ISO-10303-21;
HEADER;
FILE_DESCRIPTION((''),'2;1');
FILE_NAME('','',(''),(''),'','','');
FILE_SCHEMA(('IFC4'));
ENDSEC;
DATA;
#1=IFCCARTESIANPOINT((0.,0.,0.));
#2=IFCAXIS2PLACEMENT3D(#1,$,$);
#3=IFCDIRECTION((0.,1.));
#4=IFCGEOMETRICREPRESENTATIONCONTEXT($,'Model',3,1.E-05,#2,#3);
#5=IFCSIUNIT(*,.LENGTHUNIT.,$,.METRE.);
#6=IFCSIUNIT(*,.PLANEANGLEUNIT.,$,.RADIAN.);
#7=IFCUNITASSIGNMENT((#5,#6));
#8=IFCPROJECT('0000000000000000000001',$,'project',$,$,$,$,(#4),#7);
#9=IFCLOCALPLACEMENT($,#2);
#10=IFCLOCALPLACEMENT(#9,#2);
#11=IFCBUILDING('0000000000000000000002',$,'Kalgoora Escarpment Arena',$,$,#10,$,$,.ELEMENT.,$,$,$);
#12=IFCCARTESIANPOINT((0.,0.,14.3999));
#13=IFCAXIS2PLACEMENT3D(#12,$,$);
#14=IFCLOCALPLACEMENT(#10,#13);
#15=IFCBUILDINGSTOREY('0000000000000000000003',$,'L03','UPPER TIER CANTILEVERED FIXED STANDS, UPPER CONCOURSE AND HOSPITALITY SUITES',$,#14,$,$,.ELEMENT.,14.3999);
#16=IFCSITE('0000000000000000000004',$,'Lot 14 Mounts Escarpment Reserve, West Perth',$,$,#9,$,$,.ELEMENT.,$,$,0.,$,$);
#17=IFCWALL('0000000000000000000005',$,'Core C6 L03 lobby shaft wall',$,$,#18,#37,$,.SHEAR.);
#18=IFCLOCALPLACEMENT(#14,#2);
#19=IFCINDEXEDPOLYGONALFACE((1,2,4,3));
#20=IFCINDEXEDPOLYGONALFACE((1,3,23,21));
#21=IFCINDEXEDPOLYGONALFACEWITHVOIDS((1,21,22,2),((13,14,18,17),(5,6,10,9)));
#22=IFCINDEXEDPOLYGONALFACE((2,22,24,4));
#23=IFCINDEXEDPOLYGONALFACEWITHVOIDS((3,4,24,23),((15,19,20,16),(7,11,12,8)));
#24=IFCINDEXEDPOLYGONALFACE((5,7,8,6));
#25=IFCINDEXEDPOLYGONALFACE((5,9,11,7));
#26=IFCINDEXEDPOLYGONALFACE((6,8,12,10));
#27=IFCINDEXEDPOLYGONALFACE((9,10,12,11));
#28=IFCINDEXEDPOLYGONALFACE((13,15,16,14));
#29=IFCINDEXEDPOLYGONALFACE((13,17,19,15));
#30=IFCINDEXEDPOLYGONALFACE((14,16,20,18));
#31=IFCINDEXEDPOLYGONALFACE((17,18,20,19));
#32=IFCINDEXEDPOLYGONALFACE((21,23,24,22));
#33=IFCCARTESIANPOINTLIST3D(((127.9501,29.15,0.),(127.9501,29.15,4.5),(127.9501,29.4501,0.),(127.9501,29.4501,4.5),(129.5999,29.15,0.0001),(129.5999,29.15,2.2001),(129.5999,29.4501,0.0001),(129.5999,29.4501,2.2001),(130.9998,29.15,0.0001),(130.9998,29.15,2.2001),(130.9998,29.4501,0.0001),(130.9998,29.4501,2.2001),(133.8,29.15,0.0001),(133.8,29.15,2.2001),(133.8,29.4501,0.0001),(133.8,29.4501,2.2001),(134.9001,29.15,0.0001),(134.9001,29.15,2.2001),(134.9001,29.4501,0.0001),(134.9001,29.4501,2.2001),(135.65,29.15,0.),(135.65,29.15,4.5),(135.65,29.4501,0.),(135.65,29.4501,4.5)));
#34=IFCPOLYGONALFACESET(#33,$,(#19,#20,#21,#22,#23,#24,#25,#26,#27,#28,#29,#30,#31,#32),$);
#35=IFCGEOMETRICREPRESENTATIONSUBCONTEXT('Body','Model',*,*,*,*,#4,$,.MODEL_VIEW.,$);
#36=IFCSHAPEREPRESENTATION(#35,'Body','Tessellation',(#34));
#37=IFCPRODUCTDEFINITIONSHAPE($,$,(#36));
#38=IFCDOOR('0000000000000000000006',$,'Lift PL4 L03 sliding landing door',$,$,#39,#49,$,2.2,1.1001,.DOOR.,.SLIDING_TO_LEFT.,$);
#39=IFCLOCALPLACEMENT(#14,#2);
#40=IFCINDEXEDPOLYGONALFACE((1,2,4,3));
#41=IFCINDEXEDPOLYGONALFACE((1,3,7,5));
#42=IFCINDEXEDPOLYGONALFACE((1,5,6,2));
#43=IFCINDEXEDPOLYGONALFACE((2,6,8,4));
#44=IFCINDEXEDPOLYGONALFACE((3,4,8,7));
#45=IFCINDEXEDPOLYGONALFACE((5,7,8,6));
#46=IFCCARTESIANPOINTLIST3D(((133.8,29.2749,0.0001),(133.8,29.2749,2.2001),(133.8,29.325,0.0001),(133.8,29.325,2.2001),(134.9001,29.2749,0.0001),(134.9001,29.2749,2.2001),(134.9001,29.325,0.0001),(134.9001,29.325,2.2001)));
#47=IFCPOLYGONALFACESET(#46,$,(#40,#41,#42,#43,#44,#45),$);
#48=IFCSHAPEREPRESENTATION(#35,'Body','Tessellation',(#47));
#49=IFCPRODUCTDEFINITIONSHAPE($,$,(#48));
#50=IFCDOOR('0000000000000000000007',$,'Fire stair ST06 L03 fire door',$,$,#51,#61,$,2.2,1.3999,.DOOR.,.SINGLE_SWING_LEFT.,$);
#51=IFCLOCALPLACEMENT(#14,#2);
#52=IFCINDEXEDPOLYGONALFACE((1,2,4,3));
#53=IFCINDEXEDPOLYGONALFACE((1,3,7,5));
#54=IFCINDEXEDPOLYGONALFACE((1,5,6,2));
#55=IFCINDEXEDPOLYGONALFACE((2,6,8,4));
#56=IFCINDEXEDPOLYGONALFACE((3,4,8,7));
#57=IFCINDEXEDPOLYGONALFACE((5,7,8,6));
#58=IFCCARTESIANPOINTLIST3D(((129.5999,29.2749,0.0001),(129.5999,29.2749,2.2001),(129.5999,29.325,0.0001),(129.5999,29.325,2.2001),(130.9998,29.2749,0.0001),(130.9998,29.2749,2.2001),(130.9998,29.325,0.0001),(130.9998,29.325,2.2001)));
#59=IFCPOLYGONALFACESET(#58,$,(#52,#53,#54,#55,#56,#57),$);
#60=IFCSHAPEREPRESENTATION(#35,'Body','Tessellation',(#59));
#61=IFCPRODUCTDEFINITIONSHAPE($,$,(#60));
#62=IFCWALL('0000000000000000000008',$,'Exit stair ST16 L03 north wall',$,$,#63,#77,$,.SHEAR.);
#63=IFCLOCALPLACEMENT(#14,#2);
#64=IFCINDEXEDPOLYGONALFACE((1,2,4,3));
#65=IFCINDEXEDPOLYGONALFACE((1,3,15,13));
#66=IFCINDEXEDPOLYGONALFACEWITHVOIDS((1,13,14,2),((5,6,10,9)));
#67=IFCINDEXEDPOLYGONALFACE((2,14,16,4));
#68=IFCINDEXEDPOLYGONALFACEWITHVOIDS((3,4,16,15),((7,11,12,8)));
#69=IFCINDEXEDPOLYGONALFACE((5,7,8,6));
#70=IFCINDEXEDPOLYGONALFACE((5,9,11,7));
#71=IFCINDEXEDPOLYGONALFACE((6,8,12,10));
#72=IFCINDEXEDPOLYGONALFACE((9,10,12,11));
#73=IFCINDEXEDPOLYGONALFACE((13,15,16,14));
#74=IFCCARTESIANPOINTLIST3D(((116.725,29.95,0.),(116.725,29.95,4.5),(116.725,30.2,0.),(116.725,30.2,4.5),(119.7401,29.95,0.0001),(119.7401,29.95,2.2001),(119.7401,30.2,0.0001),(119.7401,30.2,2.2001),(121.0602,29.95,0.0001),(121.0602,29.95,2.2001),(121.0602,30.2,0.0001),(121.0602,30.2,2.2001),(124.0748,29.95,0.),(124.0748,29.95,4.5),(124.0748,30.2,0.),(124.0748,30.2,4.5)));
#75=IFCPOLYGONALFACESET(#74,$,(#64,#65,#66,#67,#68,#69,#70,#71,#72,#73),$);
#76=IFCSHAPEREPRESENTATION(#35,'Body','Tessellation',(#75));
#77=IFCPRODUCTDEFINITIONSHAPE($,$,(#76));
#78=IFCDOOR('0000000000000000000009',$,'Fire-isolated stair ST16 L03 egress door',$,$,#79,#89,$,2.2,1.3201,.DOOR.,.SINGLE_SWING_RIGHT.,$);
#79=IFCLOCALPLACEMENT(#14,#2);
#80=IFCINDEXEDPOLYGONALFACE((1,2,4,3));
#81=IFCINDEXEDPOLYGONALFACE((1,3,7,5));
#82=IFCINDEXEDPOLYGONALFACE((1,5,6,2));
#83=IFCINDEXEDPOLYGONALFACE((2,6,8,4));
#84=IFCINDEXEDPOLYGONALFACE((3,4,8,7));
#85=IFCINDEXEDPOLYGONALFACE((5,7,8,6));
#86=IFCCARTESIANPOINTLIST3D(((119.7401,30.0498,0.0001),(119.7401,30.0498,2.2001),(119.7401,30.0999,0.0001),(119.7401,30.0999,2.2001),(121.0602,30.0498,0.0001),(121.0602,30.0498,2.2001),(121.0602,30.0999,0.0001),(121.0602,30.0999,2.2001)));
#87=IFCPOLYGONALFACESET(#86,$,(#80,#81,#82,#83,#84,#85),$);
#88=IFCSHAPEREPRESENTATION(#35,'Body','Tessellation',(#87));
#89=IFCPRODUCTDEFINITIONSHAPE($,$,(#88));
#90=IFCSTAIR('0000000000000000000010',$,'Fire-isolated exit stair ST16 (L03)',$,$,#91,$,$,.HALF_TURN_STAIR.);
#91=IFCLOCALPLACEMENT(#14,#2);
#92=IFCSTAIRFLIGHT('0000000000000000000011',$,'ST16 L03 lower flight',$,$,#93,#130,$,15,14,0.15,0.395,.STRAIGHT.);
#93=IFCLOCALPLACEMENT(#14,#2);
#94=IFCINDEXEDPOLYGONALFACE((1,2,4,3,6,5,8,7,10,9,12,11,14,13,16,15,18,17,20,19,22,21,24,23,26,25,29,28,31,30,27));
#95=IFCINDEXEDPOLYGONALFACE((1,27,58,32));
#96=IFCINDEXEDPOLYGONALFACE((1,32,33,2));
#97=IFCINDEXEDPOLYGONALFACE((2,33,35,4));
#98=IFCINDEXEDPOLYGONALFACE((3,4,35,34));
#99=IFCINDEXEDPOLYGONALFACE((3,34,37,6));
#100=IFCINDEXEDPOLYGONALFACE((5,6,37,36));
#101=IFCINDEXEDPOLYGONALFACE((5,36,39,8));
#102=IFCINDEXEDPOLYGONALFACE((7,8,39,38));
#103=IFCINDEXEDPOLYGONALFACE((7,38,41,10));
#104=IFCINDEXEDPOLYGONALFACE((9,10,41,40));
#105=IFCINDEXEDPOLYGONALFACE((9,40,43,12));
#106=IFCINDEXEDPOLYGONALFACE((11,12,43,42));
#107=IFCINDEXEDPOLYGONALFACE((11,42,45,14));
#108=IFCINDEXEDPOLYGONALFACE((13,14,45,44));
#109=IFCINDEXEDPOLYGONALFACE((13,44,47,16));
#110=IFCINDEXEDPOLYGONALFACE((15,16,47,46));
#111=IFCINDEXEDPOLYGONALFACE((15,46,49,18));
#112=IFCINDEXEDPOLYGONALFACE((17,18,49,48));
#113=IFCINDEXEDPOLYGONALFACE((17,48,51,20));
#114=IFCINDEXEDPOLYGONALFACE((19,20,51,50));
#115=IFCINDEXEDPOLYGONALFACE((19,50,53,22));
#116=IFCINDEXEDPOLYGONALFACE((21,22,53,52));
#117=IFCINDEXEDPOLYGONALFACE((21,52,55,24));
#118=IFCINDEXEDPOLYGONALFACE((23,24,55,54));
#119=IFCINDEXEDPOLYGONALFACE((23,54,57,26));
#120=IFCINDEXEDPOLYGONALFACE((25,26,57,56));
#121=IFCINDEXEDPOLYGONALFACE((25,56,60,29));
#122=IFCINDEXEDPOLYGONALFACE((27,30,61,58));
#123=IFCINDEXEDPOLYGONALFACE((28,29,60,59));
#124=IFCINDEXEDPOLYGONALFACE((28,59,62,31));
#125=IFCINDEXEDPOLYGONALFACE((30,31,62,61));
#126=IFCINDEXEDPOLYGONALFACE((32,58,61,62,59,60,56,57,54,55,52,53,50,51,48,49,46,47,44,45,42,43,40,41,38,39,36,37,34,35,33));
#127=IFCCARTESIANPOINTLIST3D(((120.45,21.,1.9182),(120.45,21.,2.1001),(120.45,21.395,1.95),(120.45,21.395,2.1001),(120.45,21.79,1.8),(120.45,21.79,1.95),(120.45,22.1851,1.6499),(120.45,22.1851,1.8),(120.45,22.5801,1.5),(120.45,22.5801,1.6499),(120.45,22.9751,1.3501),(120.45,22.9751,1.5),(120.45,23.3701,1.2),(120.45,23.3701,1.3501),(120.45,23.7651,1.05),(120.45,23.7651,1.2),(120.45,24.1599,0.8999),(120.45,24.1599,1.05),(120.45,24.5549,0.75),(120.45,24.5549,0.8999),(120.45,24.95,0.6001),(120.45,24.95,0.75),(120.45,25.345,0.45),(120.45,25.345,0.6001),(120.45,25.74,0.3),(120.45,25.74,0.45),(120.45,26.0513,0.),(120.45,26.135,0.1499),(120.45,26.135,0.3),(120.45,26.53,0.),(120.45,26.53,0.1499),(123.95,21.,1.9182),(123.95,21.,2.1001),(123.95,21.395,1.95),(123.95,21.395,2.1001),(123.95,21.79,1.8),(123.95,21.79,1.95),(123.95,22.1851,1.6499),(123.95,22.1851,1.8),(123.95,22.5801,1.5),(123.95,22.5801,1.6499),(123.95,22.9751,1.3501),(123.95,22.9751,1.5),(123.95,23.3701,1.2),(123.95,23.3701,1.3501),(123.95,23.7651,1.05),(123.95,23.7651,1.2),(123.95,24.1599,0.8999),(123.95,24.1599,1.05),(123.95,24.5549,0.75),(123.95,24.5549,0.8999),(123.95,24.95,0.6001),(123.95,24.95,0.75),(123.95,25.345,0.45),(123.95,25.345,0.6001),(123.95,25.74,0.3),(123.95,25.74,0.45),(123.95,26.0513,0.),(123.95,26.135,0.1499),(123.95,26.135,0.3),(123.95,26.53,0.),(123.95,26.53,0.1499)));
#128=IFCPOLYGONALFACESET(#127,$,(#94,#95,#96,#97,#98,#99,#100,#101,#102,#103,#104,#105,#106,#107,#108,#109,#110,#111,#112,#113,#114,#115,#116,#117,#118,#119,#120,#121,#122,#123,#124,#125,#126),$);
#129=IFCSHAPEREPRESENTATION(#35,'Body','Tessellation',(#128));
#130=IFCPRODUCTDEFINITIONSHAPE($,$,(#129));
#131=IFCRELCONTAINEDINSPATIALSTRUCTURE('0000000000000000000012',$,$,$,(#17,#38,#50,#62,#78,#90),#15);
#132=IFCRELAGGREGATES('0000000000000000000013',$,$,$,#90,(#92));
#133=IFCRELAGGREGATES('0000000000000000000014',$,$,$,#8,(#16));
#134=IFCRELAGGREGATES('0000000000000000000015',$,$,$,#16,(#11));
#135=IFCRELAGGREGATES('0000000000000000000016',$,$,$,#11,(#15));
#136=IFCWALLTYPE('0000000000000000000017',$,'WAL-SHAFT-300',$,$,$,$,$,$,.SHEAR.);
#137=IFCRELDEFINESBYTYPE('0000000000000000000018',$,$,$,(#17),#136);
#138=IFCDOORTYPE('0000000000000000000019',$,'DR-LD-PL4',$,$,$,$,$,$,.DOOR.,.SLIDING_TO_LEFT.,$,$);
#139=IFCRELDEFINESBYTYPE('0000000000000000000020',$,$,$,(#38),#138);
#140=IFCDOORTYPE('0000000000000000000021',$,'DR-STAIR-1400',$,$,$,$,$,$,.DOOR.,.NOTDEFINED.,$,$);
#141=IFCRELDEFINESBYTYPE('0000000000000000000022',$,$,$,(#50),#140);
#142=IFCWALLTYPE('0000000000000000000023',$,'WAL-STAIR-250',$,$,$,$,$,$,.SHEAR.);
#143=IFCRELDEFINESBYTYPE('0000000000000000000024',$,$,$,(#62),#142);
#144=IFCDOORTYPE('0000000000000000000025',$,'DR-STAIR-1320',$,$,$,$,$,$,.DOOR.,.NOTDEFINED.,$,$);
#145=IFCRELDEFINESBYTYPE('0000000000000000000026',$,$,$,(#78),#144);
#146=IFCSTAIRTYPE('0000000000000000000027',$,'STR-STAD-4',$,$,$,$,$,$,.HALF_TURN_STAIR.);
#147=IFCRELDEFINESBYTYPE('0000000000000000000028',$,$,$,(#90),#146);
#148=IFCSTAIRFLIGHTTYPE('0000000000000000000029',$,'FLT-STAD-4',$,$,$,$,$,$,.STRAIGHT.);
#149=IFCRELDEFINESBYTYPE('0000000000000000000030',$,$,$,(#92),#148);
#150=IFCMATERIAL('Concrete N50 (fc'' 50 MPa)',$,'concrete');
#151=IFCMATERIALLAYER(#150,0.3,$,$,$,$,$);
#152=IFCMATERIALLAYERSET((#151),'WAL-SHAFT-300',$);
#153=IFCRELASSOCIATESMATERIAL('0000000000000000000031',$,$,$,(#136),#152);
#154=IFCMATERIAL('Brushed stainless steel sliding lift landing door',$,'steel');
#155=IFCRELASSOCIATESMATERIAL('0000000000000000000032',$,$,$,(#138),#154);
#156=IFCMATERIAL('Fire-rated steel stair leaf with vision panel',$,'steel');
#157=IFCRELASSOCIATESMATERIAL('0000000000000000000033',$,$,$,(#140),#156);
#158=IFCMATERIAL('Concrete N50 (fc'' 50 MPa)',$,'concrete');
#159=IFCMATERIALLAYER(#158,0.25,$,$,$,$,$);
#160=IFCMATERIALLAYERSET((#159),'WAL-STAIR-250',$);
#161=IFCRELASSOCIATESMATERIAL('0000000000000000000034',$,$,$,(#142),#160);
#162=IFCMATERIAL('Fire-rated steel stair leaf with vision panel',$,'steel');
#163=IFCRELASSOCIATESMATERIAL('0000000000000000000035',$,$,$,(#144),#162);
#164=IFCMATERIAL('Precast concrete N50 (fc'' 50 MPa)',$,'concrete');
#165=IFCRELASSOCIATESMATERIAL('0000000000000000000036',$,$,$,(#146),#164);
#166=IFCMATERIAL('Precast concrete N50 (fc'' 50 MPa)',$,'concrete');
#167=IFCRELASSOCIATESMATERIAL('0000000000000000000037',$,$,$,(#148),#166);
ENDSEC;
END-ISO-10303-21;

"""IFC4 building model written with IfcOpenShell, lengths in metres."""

from ifc_helpers import new_model, si_unit, direction, frame, frame_2d, origin, place, context, subcontext, project, spatial, polyline, rectangle, outline, extrude, material, layer, layer_set, type_object, element, fill, aggregate, save


model = new_model("IFC4")

# Units and contexts
model_context = context("Model", 3, precision=1e-05, world=origin(), true_north=direction((0.0, 1.0)))
body_context = subcontext(model_context, "Body", "Model", "MODEL_VIEW")
ifc_project = project(units=[si_unit("LENGTHUNIT", "METRE"), si_unit("PLANEANGLEUNIT", "RADIAN")], contexts=[model_context])

# Site, building, storey
site_placement = place(None, origin())
site = spatial("IfcSite", under=ifc_project, at=site_placement, Name="Lot 14 Mounts Escarpment Reserve, West Perth", CompositionType="ELEMENT", RefElevation=0.0)
building_placement = place(site_placement, origin())
building = spatial("IfcBuilding", under=site, at=building_placement, Name="Kalgoora Escarpment Arena", CompositionType="ELEMENT")
storey_placement = place(building_placement, frame((0.0, 0.0, 14.3999)))
storey = spatial("IfcBuildingStorey", under=building, at=storey_placement, Name="L03", Description="UPPER TIER CANTILEVERED FIXED STANDS, UPPER CONCOURSE AND HOSPITALITY SUITES", CompositionType="ELEMENT", Elevation=14.3999)

# Wall, openings, doors
ifc_material_1 = material(Name="Concrete N50 (fc' 50 MPa)", Category="concrete")
ifc_layer_1 = layer(ifc_material_1, 0.3)
ifc_layer_set_1 = layer_set([ifc_layer_1], Name="WAL-SHAFT-300")
wall_type_1 = type_object("IfcWallType", Name="WAL-SHAFT-300", PredefinedType="SHEAR", material=ifc_layer_set_1)
wall_1_placement = place(storey_placement, frame((127.95, 29.3, 0.0), z_axis=(0.0, 0.0, 1.0), x_axis=(1.0, 0.0, 0.0)))
wall_1 = element("IfcWall", 1, at=wall_1_placement, inside=storey, type_object=wall_type_1, Name="Core C6 L03 lobby shaft wall", PredefinedType="SHEAR", context=body_context, shape_type="SweptSolid", body=[
    extrude(rectangle(XDim=7.7, YDim=0.3, at=frame_2d((3.8501, 0.0))), origin(), (0.0, 0.0, 1.0), 4.5),
])
opening_1_placement = place(wall_1_placement, frame((1.6499, 0.0, 0.0)))
opening_1 = element("IfcOpeningElement", 2, at=opening_1_placement, cuts=wall_1, PredefinedType="OPENING", context=body_context, shape_type="SweptSolid", body=[
    extrude(rectangle(XDim=1.3999, YDim=2.2, at=frame_2d((0.7, 1.1001))), frame((0.0, 0.1599, 0.0), z_axis=(0.0, -1.0, 0.0), x_axis=(1.0, 0.0, 0.0)), (0.0, 0.0, 1.0), 0.3201),
])
opening_2_placement = place(wall_1_placement, frame((5.8501, 0.0, 0.0)))
opening_2 = element("IfcOpeningElement", 3, at=opening_2_placement, cuts=wall_1, PredefinedType="OPENING", context=body_context, shape_type="SweptSolid", body=[
    extrude(rectangle(XDim=1.1001, YDim=2.2, at=frame_2d((0.55, 1.1001))), frame((0.0, 0.1599, 0.0), z_axis=(0.0, -1.0, 0.0), x_axis=(1.0, 0.0, 0.0)), (0.0, 0.0, 1.0), 0.3201),
])
ifc_material_2 = material(Name="Brushed stainless steel sliding lift landing door", Category="steel")
door_type_1 = type_object("IfcDoorType", Name="DR-LD-PL4", OperationType="SLIDING_TO_LEFT", PredefinedType="DOOR", material=ifc_material_2)
door_1_placement = place(opening_2_placement, origin())
door_1 = element("IfcDoor", 4, at=door_1_placement, inside=storey, type_object=door_type_1, Name="Lift PL4 L03 sliding landing door", OperationType="SLIDING_TO_LEFT", OverallHeight=2.2, OverallWidth=1.1001, PredefinedType="DOOR", context=body_context, shape_type="SweptSolid", body=[
    extrude(rectangle(XDim=1.1001, YDim=2.2, at=frame_2d((0.55, 1.1001))), frame((0.0, 0.0249, 0.0), z_axis=(0.0, -1.0, 0.0), x_axis=(1.0, 0.0, 0.0)), (0.0, 0.0, 1.0), 0.05),
])
fill(opening_2, door_1)
ifc_material_3 = material(Name="Fire-rated steel stair leaf with vision panel", Category="steel")
door_type_2 = type_object("IfcDoorType", Name="DR-STAIR-1400", OperationType="NOTDEFINED", PredefinedType="DOOR", material=ifc_material_3)
door_2_placement = place(opening_1_placement, origin())
door_2 = element("IfcDoor", 5, at=door_2_placement, inside=storey, type_object=door_type_2, Name="Fire stair ST06 L03 fire door", OperationType="SINGLE_SWING_LEFT", OverallHeight=2.2, OverallWidth=1.3999, PredefinedType="DOOR", context=body_context, shape_type="SweptSolid", body=[
    extrude(rectangle(XDim=1.3999, YDim=2.2, at=frame_2d((0.7, 1.1001))), frame((0.0, 0.0249, 0.0), z_axis=(0.0, -1.0, 0.0), x_axis=(1.0, 0.0, 0.0)), (0.0, 0.0, 1.0), 0.05),
])
fill(opening_1, door_2)

# Wall, opening, door
ifc_material_4 = material(Name="Concrete N50 (fc' 50 MPa)", Category="concrete")
ifc_layer_2 = layer(ifc_material_4, 0.25)
ifc_layer_set_2 = layer_set([ifc_layer_2], Name="WAL-STAIR-250")
wall_type_2 = type_object("IfcWallType", Name="WAL-STAIR-250", PredefinedType="SHEAR", material=ifc_layer_set_2)
wall_2_placement = place(storey_placement, frame((116.7251, 30.075, 0.0), z_axis=(0.0, 0.0, 1.0), x_axis=(1.0, 0.0, 0.0)))
wall_2 = element("IfcWall", 6, at=wall_2_placement, inside=storey, type_object=wall_type_2, Name="Exit stair ST16 L03 north wall", PredefinedType="SHEAR", context=body_context, shape_type="SweptSolid", body=[
    extrude(rectangle(XDim=7.3499, YDim=0.25, at=frame_2d((3.6748, 0.0))), origin(), (0.0, 0.0, 1.0), 4.5),
])
opening_3_placement = place(wall_2_placement, frame((3.0149, 0.0, 0.0)))
opening_3 = element("IfcOpeningElement", 7, at=opening_3_placement, cuts=wall_2, PredefinedType="OPENING", context=body_context, shape_type="SweptSolid", body=[
    extrude(rectangle(XDim=1.3201, YDim=2.2, at=frame_2d((0.6602, 1.1001))), frame((0.0, 0.135, 0.0), z_axis=(0.0, -1.0, 0.0), x_axis=(1.0, 0.0, 0.0)), (0.0, 0.0, 1.0), 0.27),
])
ifc_material_5 = material(Name="Fire-rated steel stair leaf with vision panel", Category="steel")
door_type_3 = type_object("IfcDoorType", Name="DR-STAIR-1320", OperationType="NOTDEFINED", PredefinedType="DOOR", material=ifc_material_5)
door_3_placement = place(opening_3_placement, origin())
door_3 = element("IfcDoor", 8, at=door_3_placement, inside=storey, type_object=door_type_3, Name="Fire-isolated stair ST16 L03 egress door", OperationType="SINGLE_SWING_RIGHT", OverallHeight=2.2, OverallWidth=1.3201, PredefinedType="DOOR", context=body_context, shape_type="SweptSolid", body=[
    extrude(rectangle(XDim=1.3201, YDim=2.2, at=frame_2d((0.6602, 1.1001))), frame((0.0, 0.0249, 0.0), z_axis=(0.0, -1.0, 0.0), x_axis=(1.0, 0.0, 0.0)), (0.0, 0.0, 1.0), 0.05),
])
fill(opening_3, door_3)

# Stair, stair flight
ifc_material_6 = material(Name="Precast concrete N50 (fc' 50 MPa)", Category="concrete")
stair_type = type_object("IfcStairType", Name="STR-STAD-4", PredefinedType="HALF_TURN_STAIR", material=ifc_material_6)
stair_placement = place(storey_placement, origin())
stair = element("IfcStair", 9, at=stair_placement, inside=storey, type_object=stair_type, Name="Fire-isolated exit stair ST16 (L03)", PredefinedType="HALF_TURN_STAIR")
ifc_material_7 = material(Name="Precast concrete N50 (fc' 50 MPa)", Category="concrete")
stair_flight_type = type_object("IfcStairFlightType", Name="FLT-STAD-4", PredefinedType="STRAIGHT", material=ifc_material_7)
stair_flight_placement = place(storey_placement, frame((122.2, 26.53, 0.0), z_axis=(0.0, 0.0, 1.0), x_axis=(0.0, -1.0, 0.0)))
stair_flight = element("IfcStairFlight", 10, at=stair_flight_placement, type_object=stair_flight_type, Name="ST16 L03 lower flight", NumberOfRisers=15, NumberOfTreads=14, PredefinedType="STRAIGHT", RiserHeight=0.15, TreadLength=0.395, context=body_context, shape_type="SweptSolid", body=[
    extrude(outline(polyline([(0.0, 0.0), (0.0, 0.1499), (0.395, 0.1499), (0.395, 0.3), (0.79, 0.3), (0.79, 0.45), (1.1851, 0.45), (1.1851, 0.6001), (1.5801, 0.6001), (1.5801, 0.75), (1.9751, 0.75), (1.9751, 0.8999), (2.3701, 0.8999), (2.3701, 1.05), (2.7649, 1.05), (2.7649, 1.2), (3.1599, 1.2), (3.1599, 1.3501), (3.5549, 1.3501), (3.5549, 1.5), (3.95, 1.5), (3.95, 1.6499), (4.345, 1.6499), (4.345, 1.8), (4.74, 1.8), (4.74, 1.95), (5.135, 1.95), (5.135, 2.1001), (5.53, 2.1001), (5.53, 2.25), (5.53, 1.9182), (0.4788, 0.0), (0.0, 0.0)])), frame((0.0, 1.75, 0.0), z_axis=(0.0, -1.0, 0.0), x_axis=(1.0, 0.0, 0.0)), (0.0, 0.0, 1.0), 3.5),
])
aggregate(stair, [stair_flight])

save(model, "model.ifc")
